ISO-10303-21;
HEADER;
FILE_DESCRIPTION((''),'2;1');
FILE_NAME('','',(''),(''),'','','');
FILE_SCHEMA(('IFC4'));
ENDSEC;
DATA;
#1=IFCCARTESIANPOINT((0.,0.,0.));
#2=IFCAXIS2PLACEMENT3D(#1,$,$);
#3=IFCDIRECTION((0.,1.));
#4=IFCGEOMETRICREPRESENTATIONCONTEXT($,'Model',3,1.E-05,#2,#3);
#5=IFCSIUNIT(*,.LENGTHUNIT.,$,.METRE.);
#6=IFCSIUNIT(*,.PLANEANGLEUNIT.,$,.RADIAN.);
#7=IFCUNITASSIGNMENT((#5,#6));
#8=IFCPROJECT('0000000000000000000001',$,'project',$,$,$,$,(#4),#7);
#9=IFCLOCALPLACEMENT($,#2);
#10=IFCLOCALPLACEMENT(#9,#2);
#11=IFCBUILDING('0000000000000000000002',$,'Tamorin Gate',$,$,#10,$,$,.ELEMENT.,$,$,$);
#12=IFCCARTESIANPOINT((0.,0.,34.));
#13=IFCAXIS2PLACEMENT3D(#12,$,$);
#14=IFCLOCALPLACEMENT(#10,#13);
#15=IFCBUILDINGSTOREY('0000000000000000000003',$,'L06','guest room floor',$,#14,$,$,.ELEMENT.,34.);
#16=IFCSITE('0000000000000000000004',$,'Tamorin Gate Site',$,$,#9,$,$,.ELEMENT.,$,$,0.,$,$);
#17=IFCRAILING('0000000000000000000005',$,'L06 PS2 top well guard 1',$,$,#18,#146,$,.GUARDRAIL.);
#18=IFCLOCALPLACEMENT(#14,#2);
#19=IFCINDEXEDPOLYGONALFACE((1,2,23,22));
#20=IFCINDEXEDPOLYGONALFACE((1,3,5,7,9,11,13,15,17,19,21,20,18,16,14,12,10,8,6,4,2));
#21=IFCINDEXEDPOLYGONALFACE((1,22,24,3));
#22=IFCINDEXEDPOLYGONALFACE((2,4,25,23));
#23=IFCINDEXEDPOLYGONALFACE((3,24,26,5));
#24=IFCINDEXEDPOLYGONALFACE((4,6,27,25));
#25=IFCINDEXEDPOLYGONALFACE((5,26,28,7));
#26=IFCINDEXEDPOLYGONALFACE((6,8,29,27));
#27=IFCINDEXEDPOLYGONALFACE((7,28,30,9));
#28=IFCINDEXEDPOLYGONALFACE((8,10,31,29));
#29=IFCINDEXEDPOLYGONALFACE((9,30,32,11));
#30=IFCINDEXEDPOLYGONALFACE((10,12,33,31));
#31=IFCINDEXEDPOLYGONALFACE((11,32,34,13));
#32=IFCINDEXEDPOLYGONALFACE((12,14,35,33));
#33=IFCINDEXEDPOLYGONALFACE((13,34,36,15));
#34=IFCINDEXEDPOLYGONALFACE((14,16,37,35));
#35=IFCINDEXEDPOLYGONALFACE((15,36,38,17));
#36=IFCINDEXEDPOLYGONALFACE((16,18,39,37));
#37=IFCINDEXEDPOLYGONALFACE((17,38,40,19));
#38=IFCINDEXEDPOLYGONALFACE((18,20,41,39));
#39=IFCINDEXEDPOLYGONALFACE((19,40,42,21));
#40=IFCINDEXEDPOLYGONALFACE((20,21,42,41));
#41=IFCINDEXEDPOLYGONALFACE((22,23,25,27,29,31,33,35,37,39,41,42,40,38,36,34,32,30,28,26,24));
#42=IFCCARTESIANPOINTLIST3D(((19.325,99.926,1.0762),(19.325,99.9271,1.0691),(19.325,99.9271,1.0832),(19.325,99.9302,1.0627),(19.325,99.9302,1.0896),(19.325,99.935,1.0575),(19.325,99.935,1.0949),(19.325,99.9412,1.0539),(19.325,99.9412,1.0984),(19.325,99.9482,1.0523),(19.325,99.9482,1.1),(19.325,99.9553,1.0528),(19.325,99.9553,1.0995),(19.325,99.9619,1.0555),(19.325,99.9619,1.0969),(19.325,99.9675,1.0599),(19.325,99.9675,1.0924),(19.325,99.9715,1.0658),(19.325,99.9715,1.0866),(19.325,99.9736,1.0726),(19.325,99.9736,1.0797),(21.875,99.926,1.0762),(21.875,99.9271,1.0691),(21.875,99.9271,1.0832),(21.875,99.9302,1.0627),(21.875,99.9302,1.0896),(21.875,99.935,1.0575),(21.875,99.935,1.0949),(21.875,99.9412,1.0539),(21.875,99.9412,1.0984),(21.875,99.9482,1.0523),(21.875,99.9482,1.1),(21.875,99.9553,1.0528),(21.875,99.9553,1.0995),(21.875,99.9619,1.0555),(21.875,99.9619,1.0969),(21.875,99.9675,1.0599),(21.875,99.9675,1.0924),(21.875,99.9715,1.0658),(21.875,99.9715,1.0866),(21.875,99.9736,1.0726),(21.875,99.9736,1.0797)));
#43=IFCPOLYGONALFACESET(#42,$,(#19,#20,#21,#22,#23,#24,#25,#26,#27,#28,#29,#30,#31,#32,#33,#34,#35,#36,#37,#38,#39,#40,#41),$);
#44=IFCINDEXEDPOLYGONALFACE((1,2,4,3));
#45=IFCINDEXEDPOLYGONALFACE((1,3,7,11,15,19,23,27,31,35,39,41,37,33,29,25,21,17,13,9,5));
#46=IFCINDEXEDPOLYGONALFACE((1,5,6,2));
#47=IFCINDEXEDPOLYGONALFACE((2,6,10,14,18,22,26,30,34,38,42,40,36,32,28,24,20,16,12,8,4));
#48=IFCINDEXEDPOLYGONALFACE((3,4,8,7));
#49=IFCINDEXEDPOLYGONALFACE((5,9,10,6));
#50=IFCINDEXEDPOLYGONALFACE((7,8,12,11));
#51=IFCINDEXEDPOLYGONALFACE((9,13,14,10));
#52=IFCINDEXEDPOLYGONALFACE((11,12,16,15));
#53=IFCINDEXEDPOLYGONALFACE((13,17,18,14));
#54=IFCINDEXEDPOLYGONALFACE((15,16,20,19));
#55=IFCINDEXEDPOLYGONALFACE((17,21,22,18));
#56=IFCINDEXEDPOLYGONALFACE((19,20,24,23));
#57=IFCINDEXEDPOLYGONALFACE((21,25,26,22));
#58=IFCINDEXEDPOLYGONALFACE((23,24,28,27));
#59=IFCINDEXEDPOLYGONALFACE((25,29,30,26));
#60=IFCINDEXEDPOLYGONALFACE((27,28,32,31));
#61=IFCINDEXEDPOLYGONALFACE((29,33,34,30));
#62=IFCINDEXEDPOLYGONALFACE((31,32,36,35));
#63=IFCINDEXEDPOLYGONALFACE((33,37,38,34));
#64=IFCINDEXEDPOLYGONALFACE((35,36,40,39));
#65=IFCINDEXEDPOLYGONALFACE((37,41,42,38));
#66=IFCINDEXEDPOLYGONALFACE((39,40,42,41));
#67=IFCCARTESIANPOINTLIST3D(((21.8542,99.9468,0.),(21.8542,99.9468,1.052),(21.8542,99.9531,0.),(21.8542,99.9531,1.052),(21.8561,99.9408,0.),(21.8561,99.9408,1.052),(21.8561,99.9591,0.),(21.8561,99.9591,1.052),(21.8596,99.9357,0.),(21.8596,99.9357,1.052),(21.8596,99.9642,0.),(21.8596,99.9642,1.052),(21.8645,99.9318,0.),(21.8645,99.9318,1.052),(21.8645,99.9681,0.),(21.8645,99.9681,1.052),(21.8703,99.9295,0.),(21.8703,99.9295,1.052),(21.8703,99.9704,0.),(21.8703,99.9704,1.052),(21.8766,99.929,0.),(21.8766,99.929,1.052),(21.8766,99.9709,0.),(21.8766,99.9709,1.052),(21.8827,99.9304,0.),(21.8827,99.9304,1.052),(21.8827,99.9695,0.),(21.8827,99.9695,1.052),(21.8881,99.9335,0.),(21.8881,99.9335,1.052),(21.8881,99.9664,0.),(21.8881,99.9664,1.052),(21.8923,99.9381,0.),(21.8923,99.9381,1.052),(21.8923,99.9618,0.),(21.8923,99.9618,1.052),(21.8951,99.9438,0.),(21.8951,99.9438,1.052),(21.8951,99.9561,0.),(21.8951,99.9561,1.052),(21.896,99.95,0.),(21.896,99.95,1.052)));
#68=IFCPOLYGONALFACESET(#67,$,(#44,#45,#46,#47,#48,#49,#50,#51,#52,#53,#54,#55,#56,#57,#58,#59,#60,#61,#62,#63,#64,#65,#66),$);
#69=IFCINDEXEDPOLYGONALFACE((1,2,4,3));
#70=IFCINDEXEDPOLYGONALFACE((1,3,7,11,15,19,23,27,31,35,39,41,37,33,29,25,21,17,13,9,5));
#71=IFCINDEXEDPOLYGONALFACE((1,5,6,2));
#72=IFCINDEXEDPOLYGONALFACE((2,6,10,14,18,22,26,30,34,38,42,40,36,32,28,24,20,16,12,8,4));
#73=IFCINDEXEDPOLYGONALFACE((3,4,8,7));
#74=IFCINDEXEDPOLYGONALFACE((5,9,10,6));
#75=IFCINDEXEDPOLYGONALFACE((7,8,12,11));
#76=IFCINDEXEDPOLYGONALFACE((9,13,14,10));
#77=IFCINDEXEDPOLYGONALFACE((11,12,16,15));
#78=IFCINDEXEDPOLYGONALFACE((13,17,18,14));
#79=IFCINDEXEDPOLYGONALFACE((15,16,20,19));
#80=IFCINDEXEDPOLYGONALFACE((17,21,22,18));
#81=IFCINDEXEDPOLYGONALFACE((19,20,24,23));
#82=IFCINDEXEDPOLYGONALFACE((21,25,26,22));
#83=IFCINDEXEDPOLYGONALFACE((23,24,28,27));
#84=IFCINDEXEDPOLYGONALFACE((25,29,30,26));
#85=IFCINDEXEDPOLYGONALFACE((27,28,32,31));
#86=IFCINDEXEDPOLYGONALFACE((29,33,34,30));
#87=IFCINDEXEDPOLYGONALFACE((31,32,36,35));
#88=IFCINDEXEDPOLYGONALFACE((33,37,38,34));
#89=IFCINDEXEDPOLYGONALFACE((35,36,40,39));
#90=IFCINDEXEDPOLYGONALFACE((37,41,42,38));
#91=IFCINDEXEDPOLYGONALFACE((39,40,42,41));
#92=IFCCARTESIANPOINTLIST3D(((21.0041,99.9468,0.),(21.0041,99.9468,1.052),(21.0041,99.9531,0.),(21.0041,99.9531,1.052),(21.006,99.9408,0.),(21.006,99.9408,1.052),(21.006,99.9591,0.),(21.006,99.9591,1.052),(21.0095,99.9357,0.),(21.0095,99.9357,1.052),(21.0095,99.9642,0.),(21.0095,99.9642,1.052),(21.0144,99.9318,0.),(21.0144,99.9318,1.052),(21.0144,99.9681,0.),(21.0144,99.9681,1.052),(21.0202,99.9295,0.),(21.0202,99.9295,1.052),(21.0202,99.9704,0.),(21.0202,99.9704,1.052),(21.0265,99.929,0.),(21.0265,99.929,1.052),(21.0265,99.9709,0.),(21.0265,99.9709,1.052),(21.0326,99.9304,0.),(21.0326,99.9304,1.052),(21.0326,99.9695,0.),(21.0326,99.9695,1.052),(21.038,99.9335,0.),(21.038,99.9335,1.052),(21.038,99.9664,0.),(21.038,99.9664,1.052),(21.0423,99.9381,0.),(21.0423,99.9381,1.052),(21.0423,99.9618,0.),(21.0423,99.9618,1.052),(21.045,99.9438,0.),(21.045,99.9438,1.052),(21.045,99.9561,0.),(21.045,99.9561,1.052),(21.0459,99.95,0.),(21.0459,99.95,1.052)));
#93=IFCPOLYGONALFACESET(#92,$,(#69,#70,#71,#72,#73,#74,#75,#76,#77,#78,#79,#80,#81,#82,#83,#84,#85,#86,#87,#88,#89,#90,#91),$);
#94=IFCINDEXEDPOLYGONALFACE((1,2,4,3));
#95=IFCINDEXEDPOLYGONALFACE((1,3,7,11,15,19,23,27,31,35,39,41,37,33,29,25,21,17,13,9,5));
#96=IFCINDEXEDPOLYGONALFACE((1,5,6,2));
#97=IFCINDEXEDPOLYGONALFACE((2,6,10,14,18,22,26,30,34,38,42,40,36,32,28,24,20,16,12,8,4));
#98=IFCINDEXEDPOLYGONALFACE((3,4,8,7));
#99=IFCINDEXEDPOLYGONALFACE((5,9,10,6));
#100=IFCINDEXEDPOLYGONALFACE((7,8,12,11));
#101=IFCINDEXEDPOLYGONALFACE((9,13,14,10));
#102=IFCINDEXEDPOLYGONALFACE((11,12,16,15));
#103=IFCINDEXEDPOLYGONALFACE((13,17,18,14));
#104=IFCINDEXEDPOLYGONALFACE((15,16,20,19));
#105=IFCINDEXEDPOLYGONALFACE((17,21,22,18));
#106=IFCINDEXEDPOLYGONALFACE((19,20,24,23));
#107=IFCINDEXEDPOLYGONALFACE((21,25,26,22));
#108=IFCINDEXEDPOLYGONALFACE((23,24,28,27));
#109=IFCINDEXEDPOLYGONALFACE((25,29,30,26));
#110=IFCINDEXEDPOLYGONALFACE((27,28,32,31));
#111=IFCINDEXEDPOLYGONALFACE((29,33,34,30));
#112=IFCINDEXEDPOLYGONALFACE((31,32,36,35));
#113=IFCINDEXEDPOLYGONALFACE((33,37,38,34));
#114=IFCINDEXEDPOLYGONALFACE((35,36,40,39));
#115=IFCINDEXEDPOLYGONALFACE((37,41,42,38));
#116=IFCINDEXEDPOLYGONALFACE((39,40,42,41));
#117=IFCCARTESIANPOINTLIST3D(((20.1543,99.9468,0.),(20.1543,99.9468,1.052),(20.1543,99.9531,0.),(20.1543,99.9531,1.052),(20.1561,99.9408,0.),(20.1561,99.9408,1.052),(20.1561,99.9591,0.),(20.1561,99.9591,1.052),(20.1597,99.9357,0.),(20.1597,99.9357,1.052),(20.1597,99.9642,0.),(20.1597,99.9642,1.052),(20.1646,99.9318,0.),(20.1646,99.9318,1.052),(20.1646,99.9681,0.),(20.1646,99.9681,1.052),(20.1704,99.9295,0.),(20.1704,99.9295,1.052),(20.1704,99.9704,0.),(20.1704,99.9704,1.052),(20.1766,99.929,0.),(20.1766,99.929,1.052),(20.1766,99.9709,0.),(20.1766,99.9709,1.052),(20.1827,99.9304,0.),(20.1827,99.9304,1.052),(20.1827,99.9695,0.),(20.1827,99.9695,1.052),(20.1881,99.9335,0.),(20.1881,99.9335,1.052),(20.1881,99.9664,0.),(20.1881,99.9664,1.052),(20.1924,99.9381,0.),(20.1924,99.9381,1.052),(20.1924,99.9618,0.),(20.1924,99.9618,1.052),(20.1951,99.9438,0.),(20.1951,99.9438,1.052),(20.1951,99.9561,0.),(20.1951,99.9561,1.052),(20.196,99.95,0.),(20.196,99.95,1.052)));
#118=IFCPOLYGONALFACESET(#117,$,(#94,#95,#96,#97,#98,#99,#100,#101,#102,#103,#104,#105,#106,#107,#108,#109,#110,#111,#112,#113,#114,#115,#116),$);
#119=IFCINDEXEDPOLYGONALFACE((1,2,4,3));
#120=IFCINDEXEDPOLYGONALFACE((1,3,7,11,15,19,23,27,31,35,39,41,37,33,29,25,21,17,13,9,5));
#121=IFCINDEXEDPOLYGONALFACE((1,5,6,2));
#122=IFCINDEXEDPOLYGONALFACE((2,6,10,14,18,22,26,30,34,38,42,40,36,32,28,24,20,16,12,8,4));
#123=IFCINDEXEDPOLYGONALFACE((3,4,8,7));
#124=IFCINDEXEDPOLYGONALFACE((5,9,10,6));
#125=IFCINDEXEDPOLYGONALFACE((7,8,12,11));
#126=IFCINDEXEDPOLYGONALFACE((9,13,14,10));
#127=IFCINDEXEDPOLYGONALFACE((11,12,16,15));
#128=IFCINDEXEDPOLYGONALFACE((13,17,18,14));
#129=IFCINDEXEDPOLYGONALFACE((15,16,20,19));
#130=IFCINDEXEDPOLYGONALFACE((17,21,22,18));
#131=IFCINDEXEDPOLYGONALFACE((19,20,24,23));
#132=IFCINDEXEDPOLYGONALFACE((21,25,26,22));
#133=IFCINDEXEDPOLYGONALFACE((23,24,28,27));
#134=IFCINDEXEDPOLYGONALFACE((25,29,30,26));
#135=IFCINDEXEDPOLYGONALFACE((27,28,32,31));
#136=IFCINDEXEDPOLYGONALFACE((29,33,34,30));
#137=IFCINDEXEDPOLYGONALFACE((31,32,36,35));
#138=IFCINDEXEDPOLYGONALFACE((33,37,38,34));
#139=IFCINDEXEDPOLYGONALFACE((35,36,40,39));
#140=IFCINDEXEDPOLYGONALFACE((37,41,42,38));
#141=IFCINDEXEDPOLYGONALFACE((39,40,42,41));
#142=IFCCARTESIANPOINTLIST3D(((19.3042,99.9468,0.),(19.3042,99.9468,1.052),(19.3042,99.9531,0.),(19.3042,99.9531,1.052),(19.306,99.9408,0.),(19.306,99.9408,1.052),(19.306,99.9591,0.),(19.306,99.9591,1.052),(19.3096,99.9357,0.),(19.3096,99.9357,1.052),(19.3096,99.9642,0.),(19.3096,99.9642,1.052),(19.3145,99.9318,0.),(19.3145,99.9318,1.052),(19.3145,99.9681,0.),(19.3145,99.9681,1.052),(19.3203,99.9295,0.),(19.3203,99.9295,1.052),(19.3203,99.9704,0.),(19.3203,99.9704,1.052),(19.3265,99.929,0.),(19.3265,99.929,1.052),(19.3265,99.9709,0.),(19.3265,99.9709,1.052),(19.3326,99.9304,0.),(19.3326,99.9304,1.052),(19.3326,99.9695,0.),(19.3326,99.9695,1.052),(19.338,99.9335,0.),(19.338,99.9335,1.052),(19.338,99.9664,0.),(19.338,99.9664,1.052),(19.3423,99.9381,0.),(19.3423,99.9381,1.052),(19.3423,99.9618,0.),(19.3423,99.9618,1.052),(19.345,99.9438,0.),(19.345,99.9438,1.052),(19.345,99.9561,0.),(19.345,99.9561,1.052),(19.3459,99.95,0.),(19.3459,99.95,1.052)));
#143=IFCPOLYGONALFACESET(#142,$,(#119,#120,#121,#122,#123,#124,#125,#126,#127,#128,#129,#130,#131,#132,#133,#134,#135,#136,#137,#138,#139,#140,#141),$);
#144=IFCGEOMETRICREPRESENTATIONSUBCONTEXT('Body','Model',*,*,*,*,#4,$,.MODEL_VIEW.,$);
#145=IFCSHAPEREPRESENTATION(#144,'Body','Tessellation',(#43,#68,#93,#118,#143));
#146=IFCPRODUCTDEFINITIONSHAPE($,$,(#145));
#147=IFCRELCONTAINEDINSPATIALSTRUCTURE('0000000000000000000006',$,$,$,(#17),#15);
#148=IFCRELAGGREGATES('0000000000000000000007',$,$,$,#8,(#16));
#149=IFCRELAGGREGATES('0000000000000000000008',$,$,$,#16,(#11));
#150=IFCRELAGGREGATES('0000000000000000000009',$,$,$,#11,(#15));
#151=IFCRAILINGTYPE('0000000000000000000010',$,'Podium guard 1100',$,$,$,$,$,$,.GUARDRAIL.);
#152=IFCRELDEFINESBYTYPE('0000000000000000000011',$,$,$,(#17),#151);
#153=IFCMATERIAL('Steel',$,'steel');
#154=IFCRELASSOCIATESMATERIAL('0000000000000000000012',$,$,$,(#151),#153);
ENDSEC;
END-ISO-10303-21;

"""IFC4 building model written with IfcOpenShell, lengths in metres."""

from ifc_helpers import new_model, si_unit, direction, frame, origin, origin_2d, place, context, subcontext, project, spatial, circle, extrude, material, type_object, element, save


model = new_model("IFC4")

# Units and contexts
model_context = context("Model", 3, precision=1e-05, world=origin(), true_north=direction((0.0, 1.0)))
body_context = subcontext(model_context, "Body", "Model", "MODEL_VIEW")
ifc_project = project(units=[si_unit("LENGTHUNIT", "METRE"), si_unit("PLANEANGLEUNIT", "RADIAN")], contexts=[model_context])

# Site, building, storey
site_placement = place(None, origin())
site = spatial("IfcSite", under=ifc_project, at=site_placement, Name="Tamorin Gate Site", CompositionType="ELEMENT", RefElevation=0.0)
building_placement = place(site_placement, origin())
building = spatial("IfcBuilding", under=site, at=building_placement, Name="Tamorin Gate", CompositionType="ELEMENT")
storey_placement = place(building_placement, frame((0.0, 0.0, 34.0)))
storey = spatial("IfcBuildingStorey", under=building, at=storey_placement, Name="L06", Description="guest room floor", CompositionType="ELEMENT", Elevation=34.0)

# Railing
ifc_material_1 = material(Name="Steel", Category="steel")
railing_type_1 = type_object("IfcRailingType", Name="Podium guard 1100", PredefinedType="GUARDRAIL", material=ifc_material_1)
railing_1_placement = place(storey_placement, frame((21.875, 99.95, 0.0)))
element("IfcRailing", 1, at=railing_1_placement, inside=storey, type_object=railing_type_1, Name="L06 PS2 top well guard 1", PredefinedType="GUARDRAIL", context=body_context, shape_type="SweptSolid", body=[
    extrude(circle(Radius=0.0239, at=origin_2d()), frame((0.0, 0.0, 1.0762), z_axis=(-1.0, 0.0, 0.0), x_axis=(0.0, -1.0, 0.0)), (0.0, 0.0, 1.0), 2.55),
    extrude(circle(Radius=0.021, at=origin_2d()), origin(), (0.0, 0.0, 1.0), 1.052),
    extrude(circle(Radius=0.021, at=origin_2d()), frame((-0.8501, 0.0, 0.0)), (0.0, 0.0, 1.0), 1.052),
    extrude(circle(Radius=0.021, at=origin_2d()), frame((-1.7, 0.0, 0.0)), (0.0, 0.0, 1.0), 1.052),
    extrude(circle(Radius=0.021, at=origin_2d()), frame((-2.55, 0.0, 0.0)), (0.0, 0.0, 1.0), 1.052),
])

save(model, "model.ifc")
